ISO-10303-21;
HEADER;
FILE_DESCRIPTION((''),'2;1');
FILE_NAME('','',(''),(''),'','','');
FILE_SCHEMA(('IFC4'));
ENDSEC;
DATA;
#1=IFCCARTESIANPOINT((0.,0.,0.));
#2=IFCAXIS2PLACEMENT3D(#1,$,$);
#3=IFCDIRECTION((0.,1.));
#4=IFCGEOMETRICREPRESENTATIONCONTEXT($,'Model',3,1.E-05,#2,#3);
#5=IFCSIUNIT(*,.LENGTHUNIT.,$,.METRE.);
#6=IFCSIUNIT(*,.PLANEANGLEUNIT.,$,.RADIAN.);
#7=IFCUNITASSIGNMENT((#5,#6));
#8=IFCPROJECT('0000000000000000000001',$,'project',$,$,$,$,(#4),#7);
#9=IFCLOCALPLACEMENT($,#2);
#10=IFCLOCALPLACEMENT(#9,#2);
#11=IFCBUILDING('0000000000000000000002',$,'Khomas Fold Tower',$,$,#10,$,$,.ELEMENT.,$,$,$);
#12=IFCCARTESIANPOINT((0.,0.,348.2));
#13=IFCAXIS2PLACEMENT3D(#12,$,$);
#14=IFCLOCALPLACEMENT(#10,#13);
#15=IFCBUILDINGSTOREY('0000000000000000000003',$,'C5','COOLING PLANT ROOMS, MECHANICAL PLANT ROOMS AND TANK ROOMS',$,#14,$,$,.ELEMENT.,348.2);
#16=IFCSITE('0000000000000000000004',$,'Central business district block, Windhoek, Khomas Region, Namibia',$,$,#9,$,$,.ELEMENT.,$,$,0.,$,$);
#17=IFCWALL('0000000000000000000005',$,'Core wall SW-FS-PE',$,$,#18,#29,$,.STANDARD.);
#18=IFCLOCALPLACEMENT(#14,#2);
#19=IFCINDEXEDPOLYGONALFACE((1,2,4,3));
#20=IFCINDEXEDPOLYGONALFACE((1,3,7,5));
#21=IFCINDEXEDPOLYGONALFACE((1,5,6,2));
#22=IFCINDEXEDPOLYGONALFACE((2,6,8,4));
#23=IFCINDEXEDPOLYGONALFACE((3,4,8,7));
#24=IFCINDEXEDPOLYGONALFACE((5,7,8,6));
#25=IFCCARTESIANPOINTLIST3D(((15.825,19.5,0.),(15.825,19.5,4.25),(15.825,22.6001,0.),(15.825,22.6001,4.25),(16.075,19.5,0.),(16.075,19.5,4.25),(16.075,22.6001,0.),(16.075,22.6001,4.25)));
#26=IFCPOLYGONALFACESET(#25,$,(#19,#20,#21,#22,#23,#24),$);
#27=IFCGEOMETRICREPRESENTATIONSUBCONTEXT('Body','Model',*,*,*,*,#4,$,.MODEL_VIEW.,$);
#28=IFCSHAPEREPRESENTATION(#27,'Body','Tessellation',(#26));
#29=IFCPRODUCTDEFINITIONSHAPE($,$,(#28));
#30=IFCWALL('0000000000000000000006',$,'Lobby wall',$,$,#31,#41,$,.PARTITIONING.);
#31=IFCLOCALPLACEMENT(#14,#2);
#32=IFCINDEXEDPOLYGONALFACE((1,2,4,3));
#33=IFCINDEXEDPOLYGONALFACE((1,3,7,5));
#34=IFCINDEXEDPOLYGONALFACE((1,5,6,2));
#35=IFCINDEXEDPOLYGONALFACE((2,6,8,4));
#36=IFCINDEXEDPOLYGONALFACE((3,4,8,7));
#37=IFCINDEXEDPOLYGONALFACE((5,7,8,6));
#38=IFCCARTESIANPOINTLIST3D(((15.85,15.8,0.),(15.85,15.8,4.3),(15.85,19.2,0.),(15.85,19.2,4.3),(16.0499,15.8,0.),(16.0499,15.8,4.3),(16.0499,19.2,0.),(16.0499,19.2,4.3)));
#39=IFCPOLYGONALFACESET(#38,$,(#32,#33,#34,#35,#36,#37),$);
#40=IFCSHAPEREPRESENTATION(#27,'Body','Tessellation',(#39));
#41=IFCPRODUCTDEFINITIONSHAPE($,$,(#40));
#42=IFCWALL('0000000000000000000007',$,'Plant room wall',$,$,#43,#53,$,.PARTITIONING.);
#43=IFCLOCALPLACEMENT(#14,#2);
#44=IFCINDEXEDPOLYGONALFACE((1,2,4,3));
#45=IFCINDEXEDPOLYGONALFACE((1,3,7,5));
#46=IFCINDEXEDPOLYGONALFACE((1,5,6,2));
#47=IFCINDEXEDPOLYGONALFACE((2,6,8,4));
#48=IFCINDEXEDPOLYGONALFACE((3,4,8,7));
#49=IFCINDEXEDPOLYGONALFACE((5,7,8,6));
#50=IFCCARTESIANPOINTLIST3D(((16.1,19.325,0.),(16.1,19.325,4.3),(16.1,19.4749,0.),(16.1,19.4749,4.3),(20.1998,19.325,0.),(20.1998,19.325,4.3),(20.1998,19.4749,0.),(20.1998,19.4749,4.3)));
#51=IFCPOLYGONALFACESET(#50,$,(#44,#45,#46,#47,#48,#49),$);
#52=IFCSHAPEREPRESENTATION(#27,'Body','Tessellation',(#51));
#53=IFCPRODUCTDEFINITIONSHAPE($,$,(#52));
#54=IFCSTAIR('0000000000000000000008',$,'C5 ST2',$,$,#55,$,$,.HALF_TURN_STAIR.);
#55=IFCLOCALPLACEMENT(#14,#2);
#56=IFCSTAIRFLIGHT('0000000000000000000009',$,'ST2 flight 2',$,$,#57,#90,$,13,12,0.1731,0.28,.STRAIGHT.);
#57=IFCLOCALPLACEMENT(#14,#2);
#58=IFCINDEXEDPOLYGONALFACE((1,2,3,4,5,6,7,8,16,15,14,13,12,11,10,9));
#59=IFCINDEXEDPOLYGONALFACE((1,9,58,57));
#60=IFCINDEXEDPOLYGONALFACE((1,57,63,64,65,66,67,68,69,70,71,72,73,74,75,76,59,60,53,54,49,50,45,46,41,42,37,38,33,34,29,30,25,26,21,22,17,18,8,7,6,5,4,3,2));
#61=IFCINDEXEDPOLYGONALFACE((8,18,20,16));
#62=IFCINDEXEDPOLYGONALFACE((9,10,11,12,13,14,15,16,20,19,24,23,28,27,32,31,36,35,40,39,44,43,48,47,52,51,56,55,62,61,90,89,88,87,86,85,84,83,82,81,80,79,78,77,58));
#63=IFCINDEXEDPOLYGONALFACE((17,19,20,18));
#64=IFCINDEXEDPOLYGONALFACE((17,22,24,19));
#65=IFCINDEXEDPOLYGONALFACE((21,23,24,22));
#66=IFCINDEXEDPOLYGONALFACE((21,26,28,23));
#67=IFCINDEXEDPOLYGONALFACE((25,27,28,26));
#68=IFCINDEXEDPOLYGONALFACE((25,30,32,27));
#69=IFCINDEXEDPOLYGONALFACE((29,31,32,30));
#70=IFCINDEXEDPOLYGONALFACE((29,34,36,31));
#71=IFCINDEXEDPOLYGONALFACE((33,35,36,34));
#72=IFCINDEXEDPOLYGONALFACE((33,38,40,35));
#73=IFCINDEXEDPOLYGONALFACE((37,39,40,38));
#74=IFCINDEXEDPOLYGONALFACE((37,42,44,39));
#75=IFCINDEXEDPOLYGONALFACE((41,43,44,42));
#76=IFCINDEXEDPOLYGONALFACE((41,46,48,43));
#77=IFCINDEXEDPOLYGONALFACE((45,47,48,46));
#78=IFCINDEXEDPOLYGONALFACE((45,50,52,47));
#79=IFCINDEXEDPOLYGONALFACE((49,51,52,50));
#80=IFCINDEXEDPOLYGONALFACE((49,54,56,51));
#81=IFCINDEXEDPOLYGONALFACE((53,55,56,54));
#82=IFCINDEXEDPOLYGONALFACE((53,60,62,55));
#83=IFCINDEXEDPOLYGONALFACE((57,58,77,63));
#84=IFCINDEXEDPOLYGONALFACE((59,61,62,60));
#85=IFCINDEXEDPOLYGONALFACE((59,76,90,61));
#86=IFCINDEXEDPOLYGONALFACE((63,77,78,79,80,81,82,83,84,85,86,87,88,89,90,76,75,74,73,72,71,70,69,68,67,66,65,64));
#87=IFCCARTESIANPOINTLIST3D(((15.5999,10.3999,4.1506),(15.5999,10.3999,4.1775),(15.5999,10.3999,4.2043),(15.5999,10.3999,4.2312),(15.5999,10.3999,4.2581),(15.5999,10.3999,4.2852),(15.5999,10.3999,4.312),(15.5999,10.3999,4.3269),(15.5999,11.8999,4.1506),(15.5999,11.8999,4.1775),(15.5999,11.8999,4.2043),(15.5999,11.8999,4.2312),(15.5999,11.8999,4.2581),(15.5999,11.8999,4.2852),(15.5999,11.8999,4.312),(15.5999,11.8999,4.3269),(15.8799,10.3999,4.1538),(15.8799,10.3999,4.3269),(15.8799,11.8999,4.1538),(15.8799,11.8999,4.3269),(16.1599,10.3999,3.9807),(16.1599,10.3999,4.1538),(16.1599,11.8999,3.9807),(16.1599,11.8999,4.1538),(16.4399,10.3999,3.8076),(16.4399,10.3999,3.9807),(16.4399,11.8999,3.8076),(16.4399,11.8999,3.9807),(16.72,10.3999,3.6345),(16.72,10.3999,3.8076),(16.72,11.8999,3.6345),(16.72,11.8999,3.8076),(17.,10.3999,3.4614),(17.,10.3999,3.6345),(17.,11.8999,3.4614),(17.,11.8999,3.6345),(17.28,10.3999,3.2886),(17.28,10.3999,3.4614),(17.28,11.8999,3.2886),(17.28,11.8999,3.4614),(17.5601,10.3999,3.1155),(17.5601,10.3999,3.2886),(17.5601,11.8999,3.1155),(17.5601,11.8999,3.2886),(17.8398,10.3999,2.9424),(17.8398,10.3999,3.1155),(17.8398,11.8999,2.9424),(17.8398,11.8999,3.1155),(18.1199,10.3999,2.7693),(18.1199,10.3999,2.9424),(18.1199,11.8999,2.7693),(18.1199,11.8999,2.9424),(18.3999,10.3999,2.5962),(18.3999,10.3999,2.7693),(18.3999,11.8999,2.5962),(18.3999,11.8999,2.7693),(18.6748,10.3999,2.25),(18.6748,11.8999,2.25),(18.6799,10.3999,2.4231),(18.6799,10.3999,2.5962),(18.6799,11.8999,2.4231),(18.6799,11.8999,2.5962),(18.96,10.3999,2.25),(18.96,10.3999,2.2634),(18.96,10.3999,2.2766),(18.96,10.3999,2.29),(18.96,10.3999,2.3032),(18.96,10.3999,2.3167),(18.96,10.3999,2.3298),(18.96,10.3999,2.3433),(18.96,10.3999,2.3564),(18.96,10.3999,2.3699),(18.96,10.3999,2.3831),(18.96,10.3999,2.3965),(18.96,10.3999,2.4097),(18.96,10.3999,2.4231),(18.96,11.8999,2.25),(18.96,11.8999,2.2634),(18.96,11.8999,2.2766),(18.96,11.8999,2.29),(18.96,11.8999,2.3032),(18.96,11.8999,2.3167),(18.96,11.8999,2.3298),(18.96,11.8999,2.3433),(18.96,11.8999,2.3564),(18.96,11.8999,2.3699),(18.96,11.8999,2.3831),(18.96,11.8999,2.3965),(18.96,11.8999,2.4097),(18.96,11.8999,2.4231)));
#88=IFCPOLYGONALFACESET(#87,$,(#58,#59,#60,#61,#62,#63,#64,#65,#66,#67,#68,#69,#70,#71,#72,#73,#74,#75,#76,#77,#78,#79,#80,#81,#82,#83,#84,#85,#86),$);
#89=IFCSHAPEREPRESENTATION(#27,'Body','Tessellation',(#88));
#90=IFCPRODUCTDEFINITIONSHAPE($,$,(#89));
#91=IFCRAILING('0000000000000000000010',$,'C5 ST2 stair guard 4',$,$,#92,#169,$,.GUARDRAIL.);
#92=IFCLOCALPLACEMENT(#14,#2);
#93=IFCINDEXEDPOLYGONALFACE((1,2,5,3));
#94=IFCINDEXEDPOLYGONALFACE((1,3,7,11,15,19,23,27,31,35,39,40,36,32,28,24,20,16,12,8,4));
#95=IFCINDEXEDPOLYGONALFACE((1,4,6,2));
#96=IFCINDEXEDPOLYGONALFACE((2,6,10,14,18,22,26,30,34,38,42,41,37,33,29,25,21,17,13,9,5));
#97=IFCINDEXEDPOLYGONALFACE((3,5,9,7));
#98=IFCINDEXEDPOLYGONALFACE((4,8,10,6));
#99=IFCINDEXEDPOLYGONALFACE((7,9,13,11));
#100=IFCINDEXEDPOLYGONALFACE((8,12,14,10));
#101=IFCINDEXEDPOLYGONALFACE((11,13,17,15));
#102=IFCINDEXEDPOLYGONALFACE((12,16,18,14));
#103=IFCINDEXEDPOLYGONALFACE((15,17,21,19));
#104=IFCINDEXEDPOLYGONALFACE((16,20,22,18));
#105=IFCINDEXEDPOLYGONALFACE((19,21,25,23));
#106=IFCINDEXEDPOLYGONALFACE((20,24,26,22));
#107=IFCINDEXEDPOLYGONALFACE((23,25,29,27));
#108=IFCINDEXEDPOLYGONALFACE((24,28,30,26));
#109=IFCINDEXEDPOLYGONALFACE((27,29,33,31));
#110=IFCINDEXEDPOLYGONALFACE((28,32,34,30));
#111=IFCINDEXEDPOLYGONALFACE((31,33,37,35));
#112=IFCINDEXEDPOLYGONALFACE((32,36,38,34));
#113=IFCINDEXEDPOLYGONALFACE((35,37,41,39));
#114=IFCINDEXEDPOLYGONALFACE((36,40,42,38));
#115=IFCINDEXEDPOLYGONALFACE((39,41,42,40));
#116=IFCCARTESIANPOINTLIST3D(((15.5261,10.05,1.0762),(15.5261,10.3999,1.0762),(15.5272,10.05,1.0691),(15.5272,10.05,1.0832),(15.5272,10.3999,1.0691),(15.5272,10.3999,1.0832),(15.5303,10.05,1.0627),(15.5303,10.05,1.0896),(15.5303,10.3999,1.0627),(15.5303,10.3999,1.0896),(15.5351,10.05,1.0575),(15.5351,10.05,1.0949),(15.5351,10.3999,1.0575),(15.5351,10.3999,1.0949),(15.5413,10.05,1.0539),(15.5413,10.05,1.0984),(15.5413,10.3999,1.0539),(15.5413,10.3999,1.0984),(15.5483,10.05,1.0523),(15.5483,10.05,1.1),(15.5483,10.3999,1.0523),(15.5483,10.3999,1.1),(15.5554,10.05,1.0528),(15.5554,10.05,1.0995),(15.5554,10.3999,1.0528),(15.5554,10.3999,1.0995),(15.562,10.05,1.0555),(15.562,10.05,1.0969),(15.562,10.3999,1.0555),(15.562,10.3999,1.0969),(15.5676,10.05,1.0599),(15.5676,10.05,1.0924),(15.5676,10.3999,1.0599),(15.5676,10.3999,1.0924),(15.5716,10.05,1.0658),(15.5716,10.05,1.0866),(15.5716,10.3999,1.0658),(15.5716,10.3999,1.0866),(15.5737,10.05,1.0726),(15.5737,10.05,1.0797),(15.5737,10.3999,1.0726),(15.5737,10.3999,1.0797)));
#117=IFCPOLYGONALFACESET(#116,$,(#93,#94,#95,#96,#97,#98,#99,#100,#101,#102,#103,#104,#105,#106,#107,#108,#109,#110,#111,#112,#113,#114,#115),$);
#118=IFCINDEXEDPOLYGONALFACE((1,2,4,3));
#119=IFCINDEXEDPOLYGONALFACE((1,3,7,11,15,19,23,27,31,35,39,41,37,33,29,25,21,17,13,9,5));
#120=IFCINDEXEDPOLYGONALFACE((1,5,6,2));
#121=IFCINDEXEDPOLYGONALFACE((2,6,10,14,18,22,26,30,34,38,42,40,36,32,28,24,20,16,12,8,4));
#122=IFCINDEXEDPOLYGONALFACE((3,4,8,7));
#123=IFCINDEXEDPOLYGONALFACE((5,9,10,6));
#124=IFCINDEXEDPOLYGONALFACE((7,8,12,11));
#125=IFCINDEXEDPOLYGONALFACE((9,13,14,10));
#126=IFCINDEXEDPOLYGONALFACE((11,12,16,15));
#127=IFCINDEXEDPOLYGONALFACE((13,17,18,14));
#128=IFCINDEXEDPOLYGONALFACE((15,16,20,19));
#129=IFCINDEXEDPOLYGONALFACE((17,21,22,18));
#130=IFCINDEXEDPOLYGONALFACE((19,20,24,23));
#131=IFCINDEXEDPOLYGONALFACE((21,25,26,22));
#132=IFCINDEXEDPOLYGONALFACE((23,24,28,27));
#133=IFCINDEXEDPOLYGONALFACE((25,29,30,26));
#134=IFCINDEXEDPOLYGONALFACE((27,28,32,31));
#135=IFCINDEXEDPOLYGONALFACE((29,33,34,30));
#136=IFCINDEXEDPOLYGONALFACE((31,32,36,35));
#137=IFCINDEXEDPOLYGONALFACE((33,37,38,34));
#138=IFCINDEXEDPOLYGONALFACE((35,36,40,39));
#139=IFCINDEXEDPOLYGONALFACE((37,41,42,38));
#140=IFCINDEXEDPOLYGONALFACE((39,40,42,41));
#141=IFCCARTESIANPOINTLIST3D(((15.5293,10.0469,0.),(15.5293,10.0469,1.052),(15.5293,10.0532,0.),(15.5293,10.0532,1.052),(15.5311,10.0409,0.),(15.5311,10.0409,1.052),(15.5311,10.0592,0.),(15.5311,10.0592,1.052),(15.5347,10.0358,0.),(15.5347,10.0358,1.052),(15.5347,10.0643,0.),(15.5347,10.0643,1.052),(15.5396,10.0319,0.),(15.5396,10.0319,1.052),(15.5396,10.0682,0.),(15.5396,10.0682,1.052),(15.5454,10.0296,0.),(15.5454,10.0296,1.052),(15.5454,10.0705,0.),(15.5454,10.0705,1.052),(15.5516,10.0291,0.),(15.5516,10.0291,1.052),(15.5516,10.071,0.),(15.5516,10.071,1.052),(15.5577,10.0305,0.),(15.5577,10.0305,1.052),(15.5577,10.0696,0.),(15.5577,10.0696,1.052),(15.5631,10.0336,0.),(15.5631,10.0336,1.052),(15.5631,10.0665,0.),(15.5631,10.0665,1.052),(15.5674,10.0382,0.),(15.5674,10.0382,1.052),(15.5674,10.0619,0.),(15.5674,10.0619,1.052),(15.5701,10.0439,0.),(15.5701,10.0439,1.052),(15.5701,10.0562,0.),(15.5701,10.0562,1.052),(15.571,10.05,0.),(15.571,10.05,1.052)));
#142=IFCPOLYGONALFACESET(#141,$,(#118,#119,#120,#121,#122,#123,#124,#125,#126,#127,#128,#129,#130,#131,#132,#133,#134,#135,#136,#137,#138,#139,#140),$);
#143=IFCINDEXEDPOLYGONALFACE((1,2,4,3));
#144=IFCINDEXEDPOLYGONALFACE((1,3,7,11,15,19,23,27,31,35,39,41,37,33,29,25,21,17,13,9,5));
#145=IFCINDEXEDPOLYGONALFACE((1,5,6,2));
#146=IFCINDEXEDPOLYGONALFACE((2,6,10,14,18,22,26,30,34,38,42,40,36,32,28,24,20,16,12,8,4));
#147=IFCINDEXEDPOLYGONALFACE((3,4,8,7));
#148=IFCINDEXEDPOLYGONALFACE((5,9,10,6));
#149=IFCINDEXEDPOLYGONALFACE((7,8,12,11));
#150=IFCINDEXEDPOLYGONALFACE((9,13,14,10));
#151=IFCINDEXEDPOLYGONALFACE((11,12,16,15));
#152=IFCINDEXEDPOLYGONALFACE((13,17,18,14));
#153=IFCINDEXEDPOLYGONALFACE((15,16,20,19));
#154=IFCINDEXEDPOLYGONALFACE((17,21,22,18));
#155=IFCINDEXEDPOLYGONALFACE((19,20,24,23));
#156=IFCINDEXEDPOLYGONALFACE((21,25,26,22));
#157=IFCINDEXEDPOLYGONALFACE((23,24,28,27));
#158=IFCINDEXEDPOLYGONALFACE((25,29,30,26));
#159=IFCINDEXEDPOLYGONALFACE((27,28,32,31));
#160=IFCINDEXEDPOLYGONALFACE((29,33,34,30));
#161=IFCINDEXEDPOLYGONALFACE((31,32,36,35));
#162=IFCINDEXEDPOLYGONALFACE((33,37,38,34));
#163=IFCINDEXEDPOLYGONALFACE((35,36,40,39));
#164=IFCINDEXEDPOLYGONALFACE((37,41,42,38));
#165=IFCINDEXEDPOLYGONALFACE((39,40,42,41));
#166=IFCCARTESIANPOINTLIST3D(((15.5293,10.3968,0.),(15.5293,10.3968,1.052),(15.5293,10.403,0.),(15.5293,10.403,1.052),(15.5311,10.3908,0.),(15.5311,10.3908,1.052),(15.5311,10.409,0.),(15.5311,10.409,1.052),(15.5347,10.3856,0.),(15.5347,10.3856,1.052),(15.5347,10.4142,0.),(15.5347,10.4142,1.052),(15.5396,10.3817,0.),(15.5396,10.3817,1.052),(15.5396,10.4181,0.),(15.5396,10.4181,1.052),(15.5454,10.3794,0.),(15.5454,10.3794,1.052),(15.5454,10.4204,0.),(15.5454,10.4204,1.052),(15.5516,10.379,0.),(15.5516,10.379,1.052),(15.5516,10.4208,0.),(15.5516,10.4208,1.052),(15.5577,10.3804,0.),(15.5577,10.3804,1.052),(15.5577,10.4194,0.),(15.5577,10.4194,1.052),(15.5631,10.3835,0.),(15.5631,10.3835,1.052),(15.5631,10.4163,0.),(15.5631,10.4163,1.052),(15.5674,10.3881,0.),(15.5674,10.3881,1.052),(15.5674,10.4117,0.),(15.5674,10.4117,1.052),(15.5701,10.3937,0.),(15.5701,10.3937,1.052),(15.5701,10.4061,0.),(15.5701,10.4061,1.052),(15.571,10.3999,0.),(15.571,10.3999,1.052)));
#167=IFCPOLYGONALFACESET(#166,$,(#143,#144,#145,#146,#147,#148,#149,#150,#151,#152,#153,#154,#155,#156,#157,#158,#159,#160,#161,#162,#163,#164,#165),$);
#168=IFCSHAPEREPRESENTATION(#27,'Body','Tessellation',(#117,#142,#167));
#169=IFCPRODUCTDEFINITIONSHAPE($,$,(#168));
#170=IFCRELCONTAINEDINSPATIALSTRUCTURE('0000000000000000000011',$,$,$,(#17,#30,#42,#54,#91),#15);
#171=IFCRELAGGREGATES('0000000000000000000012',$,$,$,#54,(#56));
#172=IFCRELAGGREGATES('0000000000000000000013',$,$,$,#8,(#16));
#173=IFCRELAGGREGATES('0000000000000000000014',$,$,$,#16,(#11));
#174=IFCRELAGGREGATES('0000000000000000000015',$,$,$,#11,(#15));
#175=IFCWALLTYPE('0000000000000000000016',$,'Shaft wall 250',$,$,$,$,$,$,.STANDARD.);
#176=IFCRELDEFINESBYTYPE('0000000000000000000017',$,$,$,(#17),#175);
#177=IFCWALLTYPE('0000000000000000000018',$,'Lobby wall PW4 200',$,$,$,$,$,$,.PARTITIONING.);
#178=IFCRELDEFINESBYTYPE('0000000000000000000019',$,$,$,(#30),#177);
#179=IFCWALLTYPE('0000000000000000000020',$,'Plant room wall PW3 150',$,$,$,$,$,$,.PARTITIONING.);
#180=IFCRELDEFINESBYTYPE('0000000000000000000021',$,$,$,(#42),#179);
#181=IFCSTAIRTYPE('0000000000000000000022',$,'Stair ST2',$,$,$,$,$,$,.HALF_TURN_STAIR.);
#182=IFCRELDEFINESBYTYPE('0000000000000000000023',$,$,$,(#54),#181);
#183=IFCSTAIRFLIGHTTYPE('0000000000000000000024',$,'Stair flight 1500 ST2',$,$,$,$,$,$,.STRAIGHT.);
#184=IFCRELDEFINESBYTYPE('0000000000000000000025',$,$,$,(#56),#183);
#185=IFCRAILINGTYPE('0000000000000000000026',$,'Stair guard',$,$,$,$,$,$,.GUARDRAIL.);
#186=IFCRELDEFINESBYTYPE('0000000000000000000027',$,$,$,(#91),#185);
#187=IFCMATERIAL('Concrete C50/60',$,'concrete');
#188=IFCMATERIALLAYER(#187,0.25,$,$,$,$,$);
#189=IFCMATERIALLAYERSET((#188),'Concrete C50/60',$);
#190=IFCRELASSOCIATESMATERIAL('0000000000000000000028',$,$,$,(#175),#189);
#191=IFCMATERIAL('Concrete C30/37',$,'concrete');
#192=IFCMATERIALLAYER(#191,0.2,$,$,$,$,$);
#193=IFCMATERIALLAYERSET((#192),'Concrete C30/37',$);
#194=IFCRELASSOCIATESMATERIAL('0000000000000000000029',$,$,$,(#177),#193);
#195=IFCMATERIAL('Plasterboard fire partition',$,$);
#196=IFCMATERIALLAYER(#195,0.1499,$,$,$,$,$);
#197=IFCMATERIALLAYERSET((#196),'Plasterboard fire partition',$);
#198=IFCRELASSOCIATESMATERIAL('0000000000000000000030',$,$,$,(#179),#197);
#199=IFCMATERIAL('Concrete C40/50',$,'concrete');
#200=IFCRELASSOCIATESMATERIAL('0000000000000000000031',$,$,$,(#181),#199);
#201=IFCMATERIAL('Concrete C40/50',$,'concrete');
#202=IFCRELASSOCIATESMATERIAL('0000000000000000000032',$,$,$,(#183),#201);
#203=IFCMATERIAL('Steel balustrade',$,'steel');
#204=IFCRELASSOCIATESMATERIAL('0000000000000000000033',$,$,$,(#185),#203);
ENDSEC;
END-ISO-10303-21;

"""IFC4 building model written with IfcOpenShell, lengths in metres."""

from ifc_helpers import new_model, si_unit, direction, frame, frame_2d, origin, origin_2d, place, context, subcontext, project, spatial, polyline, rectangle, circle, outline, extrude, source, transform, mapped, material, layer, layer_set, type_object, element, aggregate, save


model = new_model("IFC4")

# Units and contexts
model_context = context("Model", 3, precision=1e-05, world=origin(), true_north=direction((0.0, 1.0)))
body_context = subcontext(model_context, "Body", "Model", "MODEL_VIEW")
ifc_project = project(units=[si_unit("LENGTHUNIT", "METRE"), si_unit("PLANEANGLEUNIT", "RADIAN")], contexts=[model_context])

# Site, building, storey
site_placement = place(None, origin())
site = spatial("IfcSite", under=ifc_project, at=site_placement, Name="Central business district block, Windhoek, Khomas Region, Namibia", CompositionType="ELEMENT", RefElevation=0.0)
building_placement = place(site_placement, origin())
building = spatial("IfcBuilding", under=site, at=building_placement, Name="Khomas Fold Tower", CompositionType="ELEMENT")
storey_placement = place(building_placement, frame((0.0, 0.0, 348.2)))
storey = spatial("IfcBuildingStorey", under=building, at=storey_placement, Name="C5", Description="COOLING PLANT ROOMS, MECHANICAL PLANT ROOMS AND TANK ROOMS", CompositionType="ELEMENT", Elevation=348.2)

# Walls
ifc_material_1 = material(Name="Concrete C50/60", Category="concrete")
ifc_layer_1 = layer(ifc_material_1, 0.25)
ifc_layer_set_1 = layer_set([ifc_layer_1], Name="Concrete C50/60")
wall_type_1 = type_object("IfcWallType", Name="Shaft wall 250", PredefinedType="STANDARD", material=ifc_layer_set_1)
shared_shape_1 = source(origin(), body_context, "Body", "SweptSolid", [
    extrude(rectangle(XDim=3.1001, YDim=0.25, at=frame_2d((1.55, 0.0))), origin(), (0.0, 0.0, 1.0), 4.25),
])
wall_1_placement = place(storey_placement, frame((15.95, 19.5, 0.0), z_axis=(0.0, 0.0, 1.0), x_axis=(0.0, 1.0, 0.0)))
element("IfcWall", 1, at=wall_1_placement, inside=storey, type_object=wall_type_1, Name="Core wall SW-FS-PE", PredefinedType="STANDARD", context=body_context, shape_type="MappedRepresentation", body=[
    mapped(shared_shape_1, transform((0.0, 0.0, 0.0))),
])
ifc_material_2 = material(Name="Concrete C30/37", Category="concrete")
ifc_layer_2 = layer(ifc_material_2, 0.2)
ifc_layer_set_2 = layer_set([ifc_layer_2], Name="Concrete C30/37")
wall_type_2 = type_object("IfcWallType", Name="Lobby wall PW4 200", PredefinedType="PARTITIONING", material=ifc_layer_set_2)
shared_shape_2 = source(origin(), body_context, "Body", "SweptSolid", [
    extrude(rectangle(XDim=3.3999, YDim=0.2, at=frame_2d((1.7, 0.0))), origin(), (0.0, 0.0, 1.0), 4.3),
])
wall_2_placement = place(storey_placement, frame((15.95, 15.8, 0.0), z_axis=(0.0, 0.0, 1.0), x_axis=(0.0, 1.0, 0.0)))
element("IfcWall", 2, at=wall_2_placement, inside=storey, type_object=wall_type_2, Name="Lobby wall", PredefinedType="PARTITIONING", context=body_context, shape_type="MappedRepresentation", body=[
    mapped(shared_shape_2, transform((0.0, 0.0, 0.0))),
])
ifc_material_3 = material(Name="Plasterboard fire partition")
ifc_layer_3 = layer(ifc_material_3, 0.1499)
ifc_layer_set_3 = layer_set([ifc_layer_3], Name="Plasterboard fire partition")
wall_type_3 = type_object("IfcWallType", Name="Plant room wall PW3 150", PredefinedType="PARTITIONING", material=ifc_layer_set_3)
shared_shape_3 = source(origin(), body_context, "Body", "SweptSolid", [
    extrude(rectangle(XDim=4.0999, YDim=0.1499, at=frame_2d((2.0498, 0.0))), origin(), (0.0, 0.0, 1.0), 4.3),
])
wall_3_placement = place(storey_placement, frame((16.1001, 19.3999, 0.0), z_axis=(0.0, 0.0, 1.0), x_axis=(1.0, 0.0, 0.0)))
element("IfcWall", 3, at=wall_3_placement, inside=storey, type_object=wall_type_3, Name="Plant room wall", PredefinedType="PARTITIONING", context=body_context, shape_type="MappedRepresentation", body=[
    mapped(shared_shape_3, transform((0.0, 0.0, 0.0))),
])

# Stair, stair flight
ifc_material_4 = material(Name="Concrete C40/50", Category="concrete")
stair_type = type_object("IfcStairType", Name="Stair ST2", PredefinedType="HALF_TURN_STAIR", material=ifc_material_4)
stair_placement = place(storey_placement, origin())
stair = element("IfcStair", 4, at=stair_placement, inside=storey, type_object=stair_type, Name="C5 ST2", PredefinedType="HALF_TURN_STAIR")
ifc_material_5 = material(Name="Concrete C40/50", Category="concrete")
stair_flight_type = type_object("IfcStairFlightType", Name="Stair flight 1500 ST2", PredefinedType="STRAIGHT", material=ifc_material_5)
shared_shape_4 = source(origin(), body_context, "Body", "SweptSolid", [
    extrude(outline(polyline([(0.0, 0.0), (0.0, 0.0134), (0.0, 0.0266), (0.0, 0.04), (0.0, 0.0532), (0.0, 0.0667), (0.0, 0.0798), (0.0, 0.0933), (0.0, 0.1064), (0.0, 0.1199), (0.0, 0.1331), (0.0, 0.1465), (0.0, 0.1597), (0.0, 0.1731), (0.28, 0.1731), (0.28, 0.3462), (0.5601, 0.3462), (0.5601, 0.5193), (0.8401, 0.5193), (0.8401, 0.6924), (1.1201, 0.6924), (1.1201, 0.8655), (1.3999, 0.8655), (1.3999, 1.0386), (1.6799, 1.0386), (1.6799, 1.2114), (1.96, 1.2114), (1.96, 1.3845), (2.24, 1.3845), (2.24, 1.5576), (2.52, 1.5576), (2.52, 1.7307), (2.8, 1.7307), (2.8, 1.9038), (3.0801, 1.9038), (3.0801, 2.0769), (3.3601, 2.0769), (3.3601, 2.25), (3.3601, 2.2231), (3.3601, 2.1963), (3.3601, 2.1694), (3.3601, 2.1426), (3.3601, 2.1157), (3.3601, 2.0889), (3.3601, 2.062), (3.3601, 2.0352), (3.3601, 2.0081), (3.3601, 1.9812), (3.3601, 1.9543), (3.3601, 1.9275), (3.3601, 1.9006), (0.2852, 0.0), (0.0, 0.0)])), frame((0.0, 0.75, 0.0), z_axis=(0.0, -1.0, 0.0), x_axis=(1.0, 0.0, 0.0)), (0.0, 0.0, 1.0), 1.5),
])
stair_flight_placement = place(storey_placement, frame((18.96, 11.1499, 2.25), z_axis=(0.0, 0.0, 1.0), x_axis=(-1.0, 0.0, 0.0)))
stair_flight = element("IfcStairFlight", 5, at=stair_flight_placement, type_object=stair_flight_type, Name="ST2 flight 2", NumberOfRisers=13, NumberOfTreads=12, PredefinedType="STRAIGHT", RiserHeight=0.1731, TreadLength=0.28, context=body_context, shape_type="MappedRepresentation", body=[
    mapped(shared_shape_4, transform((0.0, 0.0, 0.0))),
])
aggregate(stair, [stair_flight])

# Railing
ifc_material_6 = material(Name="Steel balustrade", Category="steel")
railing_type_1 = type_object("IfcRailingType", Name="Stair guard", PredefinedType="GUARDRAIL", material=ifc_material_6)
shared_shape_5 = source(origin(), body_context, "Body", "SweptSolid", [
    extrude(circle(Radius=0.0239, at=origin_2d()), frame((0.0, 0.0, 1.0762), z_axis=(0.0, 1.0, 0.0), x_axis=(-1.0, 0.0, 0.0)), (0.0, 0.0, 1.0), 0.3499),
    extrude(circle(Radius=0.021, at=origin_2d()), origin(), (0.0, 0.0, 1.0), 1.052),
    extrude(circle(Radius=0.021, at=origin_2d()), frame((0.0, 0.3499, 0.0)), (0.0, 0.0, 1.0), 1.052),
])
railing_1_placement = place(storey_placement, frame((15.55, 10.05, 0.0)))
element("IfcRailing", 6, at=railing_1_placement, inside=storey, type_object=railing_type_1, Name="C5 ST2 stair guard 4", PredefinedType="GUARDRAIL", context=body_context, shape_type="MappedRepresentation", body=[
    mapped(shared_shape_5, transform((0.0, 0.0, 0.0))),
])

save(model, "model.ifc")
